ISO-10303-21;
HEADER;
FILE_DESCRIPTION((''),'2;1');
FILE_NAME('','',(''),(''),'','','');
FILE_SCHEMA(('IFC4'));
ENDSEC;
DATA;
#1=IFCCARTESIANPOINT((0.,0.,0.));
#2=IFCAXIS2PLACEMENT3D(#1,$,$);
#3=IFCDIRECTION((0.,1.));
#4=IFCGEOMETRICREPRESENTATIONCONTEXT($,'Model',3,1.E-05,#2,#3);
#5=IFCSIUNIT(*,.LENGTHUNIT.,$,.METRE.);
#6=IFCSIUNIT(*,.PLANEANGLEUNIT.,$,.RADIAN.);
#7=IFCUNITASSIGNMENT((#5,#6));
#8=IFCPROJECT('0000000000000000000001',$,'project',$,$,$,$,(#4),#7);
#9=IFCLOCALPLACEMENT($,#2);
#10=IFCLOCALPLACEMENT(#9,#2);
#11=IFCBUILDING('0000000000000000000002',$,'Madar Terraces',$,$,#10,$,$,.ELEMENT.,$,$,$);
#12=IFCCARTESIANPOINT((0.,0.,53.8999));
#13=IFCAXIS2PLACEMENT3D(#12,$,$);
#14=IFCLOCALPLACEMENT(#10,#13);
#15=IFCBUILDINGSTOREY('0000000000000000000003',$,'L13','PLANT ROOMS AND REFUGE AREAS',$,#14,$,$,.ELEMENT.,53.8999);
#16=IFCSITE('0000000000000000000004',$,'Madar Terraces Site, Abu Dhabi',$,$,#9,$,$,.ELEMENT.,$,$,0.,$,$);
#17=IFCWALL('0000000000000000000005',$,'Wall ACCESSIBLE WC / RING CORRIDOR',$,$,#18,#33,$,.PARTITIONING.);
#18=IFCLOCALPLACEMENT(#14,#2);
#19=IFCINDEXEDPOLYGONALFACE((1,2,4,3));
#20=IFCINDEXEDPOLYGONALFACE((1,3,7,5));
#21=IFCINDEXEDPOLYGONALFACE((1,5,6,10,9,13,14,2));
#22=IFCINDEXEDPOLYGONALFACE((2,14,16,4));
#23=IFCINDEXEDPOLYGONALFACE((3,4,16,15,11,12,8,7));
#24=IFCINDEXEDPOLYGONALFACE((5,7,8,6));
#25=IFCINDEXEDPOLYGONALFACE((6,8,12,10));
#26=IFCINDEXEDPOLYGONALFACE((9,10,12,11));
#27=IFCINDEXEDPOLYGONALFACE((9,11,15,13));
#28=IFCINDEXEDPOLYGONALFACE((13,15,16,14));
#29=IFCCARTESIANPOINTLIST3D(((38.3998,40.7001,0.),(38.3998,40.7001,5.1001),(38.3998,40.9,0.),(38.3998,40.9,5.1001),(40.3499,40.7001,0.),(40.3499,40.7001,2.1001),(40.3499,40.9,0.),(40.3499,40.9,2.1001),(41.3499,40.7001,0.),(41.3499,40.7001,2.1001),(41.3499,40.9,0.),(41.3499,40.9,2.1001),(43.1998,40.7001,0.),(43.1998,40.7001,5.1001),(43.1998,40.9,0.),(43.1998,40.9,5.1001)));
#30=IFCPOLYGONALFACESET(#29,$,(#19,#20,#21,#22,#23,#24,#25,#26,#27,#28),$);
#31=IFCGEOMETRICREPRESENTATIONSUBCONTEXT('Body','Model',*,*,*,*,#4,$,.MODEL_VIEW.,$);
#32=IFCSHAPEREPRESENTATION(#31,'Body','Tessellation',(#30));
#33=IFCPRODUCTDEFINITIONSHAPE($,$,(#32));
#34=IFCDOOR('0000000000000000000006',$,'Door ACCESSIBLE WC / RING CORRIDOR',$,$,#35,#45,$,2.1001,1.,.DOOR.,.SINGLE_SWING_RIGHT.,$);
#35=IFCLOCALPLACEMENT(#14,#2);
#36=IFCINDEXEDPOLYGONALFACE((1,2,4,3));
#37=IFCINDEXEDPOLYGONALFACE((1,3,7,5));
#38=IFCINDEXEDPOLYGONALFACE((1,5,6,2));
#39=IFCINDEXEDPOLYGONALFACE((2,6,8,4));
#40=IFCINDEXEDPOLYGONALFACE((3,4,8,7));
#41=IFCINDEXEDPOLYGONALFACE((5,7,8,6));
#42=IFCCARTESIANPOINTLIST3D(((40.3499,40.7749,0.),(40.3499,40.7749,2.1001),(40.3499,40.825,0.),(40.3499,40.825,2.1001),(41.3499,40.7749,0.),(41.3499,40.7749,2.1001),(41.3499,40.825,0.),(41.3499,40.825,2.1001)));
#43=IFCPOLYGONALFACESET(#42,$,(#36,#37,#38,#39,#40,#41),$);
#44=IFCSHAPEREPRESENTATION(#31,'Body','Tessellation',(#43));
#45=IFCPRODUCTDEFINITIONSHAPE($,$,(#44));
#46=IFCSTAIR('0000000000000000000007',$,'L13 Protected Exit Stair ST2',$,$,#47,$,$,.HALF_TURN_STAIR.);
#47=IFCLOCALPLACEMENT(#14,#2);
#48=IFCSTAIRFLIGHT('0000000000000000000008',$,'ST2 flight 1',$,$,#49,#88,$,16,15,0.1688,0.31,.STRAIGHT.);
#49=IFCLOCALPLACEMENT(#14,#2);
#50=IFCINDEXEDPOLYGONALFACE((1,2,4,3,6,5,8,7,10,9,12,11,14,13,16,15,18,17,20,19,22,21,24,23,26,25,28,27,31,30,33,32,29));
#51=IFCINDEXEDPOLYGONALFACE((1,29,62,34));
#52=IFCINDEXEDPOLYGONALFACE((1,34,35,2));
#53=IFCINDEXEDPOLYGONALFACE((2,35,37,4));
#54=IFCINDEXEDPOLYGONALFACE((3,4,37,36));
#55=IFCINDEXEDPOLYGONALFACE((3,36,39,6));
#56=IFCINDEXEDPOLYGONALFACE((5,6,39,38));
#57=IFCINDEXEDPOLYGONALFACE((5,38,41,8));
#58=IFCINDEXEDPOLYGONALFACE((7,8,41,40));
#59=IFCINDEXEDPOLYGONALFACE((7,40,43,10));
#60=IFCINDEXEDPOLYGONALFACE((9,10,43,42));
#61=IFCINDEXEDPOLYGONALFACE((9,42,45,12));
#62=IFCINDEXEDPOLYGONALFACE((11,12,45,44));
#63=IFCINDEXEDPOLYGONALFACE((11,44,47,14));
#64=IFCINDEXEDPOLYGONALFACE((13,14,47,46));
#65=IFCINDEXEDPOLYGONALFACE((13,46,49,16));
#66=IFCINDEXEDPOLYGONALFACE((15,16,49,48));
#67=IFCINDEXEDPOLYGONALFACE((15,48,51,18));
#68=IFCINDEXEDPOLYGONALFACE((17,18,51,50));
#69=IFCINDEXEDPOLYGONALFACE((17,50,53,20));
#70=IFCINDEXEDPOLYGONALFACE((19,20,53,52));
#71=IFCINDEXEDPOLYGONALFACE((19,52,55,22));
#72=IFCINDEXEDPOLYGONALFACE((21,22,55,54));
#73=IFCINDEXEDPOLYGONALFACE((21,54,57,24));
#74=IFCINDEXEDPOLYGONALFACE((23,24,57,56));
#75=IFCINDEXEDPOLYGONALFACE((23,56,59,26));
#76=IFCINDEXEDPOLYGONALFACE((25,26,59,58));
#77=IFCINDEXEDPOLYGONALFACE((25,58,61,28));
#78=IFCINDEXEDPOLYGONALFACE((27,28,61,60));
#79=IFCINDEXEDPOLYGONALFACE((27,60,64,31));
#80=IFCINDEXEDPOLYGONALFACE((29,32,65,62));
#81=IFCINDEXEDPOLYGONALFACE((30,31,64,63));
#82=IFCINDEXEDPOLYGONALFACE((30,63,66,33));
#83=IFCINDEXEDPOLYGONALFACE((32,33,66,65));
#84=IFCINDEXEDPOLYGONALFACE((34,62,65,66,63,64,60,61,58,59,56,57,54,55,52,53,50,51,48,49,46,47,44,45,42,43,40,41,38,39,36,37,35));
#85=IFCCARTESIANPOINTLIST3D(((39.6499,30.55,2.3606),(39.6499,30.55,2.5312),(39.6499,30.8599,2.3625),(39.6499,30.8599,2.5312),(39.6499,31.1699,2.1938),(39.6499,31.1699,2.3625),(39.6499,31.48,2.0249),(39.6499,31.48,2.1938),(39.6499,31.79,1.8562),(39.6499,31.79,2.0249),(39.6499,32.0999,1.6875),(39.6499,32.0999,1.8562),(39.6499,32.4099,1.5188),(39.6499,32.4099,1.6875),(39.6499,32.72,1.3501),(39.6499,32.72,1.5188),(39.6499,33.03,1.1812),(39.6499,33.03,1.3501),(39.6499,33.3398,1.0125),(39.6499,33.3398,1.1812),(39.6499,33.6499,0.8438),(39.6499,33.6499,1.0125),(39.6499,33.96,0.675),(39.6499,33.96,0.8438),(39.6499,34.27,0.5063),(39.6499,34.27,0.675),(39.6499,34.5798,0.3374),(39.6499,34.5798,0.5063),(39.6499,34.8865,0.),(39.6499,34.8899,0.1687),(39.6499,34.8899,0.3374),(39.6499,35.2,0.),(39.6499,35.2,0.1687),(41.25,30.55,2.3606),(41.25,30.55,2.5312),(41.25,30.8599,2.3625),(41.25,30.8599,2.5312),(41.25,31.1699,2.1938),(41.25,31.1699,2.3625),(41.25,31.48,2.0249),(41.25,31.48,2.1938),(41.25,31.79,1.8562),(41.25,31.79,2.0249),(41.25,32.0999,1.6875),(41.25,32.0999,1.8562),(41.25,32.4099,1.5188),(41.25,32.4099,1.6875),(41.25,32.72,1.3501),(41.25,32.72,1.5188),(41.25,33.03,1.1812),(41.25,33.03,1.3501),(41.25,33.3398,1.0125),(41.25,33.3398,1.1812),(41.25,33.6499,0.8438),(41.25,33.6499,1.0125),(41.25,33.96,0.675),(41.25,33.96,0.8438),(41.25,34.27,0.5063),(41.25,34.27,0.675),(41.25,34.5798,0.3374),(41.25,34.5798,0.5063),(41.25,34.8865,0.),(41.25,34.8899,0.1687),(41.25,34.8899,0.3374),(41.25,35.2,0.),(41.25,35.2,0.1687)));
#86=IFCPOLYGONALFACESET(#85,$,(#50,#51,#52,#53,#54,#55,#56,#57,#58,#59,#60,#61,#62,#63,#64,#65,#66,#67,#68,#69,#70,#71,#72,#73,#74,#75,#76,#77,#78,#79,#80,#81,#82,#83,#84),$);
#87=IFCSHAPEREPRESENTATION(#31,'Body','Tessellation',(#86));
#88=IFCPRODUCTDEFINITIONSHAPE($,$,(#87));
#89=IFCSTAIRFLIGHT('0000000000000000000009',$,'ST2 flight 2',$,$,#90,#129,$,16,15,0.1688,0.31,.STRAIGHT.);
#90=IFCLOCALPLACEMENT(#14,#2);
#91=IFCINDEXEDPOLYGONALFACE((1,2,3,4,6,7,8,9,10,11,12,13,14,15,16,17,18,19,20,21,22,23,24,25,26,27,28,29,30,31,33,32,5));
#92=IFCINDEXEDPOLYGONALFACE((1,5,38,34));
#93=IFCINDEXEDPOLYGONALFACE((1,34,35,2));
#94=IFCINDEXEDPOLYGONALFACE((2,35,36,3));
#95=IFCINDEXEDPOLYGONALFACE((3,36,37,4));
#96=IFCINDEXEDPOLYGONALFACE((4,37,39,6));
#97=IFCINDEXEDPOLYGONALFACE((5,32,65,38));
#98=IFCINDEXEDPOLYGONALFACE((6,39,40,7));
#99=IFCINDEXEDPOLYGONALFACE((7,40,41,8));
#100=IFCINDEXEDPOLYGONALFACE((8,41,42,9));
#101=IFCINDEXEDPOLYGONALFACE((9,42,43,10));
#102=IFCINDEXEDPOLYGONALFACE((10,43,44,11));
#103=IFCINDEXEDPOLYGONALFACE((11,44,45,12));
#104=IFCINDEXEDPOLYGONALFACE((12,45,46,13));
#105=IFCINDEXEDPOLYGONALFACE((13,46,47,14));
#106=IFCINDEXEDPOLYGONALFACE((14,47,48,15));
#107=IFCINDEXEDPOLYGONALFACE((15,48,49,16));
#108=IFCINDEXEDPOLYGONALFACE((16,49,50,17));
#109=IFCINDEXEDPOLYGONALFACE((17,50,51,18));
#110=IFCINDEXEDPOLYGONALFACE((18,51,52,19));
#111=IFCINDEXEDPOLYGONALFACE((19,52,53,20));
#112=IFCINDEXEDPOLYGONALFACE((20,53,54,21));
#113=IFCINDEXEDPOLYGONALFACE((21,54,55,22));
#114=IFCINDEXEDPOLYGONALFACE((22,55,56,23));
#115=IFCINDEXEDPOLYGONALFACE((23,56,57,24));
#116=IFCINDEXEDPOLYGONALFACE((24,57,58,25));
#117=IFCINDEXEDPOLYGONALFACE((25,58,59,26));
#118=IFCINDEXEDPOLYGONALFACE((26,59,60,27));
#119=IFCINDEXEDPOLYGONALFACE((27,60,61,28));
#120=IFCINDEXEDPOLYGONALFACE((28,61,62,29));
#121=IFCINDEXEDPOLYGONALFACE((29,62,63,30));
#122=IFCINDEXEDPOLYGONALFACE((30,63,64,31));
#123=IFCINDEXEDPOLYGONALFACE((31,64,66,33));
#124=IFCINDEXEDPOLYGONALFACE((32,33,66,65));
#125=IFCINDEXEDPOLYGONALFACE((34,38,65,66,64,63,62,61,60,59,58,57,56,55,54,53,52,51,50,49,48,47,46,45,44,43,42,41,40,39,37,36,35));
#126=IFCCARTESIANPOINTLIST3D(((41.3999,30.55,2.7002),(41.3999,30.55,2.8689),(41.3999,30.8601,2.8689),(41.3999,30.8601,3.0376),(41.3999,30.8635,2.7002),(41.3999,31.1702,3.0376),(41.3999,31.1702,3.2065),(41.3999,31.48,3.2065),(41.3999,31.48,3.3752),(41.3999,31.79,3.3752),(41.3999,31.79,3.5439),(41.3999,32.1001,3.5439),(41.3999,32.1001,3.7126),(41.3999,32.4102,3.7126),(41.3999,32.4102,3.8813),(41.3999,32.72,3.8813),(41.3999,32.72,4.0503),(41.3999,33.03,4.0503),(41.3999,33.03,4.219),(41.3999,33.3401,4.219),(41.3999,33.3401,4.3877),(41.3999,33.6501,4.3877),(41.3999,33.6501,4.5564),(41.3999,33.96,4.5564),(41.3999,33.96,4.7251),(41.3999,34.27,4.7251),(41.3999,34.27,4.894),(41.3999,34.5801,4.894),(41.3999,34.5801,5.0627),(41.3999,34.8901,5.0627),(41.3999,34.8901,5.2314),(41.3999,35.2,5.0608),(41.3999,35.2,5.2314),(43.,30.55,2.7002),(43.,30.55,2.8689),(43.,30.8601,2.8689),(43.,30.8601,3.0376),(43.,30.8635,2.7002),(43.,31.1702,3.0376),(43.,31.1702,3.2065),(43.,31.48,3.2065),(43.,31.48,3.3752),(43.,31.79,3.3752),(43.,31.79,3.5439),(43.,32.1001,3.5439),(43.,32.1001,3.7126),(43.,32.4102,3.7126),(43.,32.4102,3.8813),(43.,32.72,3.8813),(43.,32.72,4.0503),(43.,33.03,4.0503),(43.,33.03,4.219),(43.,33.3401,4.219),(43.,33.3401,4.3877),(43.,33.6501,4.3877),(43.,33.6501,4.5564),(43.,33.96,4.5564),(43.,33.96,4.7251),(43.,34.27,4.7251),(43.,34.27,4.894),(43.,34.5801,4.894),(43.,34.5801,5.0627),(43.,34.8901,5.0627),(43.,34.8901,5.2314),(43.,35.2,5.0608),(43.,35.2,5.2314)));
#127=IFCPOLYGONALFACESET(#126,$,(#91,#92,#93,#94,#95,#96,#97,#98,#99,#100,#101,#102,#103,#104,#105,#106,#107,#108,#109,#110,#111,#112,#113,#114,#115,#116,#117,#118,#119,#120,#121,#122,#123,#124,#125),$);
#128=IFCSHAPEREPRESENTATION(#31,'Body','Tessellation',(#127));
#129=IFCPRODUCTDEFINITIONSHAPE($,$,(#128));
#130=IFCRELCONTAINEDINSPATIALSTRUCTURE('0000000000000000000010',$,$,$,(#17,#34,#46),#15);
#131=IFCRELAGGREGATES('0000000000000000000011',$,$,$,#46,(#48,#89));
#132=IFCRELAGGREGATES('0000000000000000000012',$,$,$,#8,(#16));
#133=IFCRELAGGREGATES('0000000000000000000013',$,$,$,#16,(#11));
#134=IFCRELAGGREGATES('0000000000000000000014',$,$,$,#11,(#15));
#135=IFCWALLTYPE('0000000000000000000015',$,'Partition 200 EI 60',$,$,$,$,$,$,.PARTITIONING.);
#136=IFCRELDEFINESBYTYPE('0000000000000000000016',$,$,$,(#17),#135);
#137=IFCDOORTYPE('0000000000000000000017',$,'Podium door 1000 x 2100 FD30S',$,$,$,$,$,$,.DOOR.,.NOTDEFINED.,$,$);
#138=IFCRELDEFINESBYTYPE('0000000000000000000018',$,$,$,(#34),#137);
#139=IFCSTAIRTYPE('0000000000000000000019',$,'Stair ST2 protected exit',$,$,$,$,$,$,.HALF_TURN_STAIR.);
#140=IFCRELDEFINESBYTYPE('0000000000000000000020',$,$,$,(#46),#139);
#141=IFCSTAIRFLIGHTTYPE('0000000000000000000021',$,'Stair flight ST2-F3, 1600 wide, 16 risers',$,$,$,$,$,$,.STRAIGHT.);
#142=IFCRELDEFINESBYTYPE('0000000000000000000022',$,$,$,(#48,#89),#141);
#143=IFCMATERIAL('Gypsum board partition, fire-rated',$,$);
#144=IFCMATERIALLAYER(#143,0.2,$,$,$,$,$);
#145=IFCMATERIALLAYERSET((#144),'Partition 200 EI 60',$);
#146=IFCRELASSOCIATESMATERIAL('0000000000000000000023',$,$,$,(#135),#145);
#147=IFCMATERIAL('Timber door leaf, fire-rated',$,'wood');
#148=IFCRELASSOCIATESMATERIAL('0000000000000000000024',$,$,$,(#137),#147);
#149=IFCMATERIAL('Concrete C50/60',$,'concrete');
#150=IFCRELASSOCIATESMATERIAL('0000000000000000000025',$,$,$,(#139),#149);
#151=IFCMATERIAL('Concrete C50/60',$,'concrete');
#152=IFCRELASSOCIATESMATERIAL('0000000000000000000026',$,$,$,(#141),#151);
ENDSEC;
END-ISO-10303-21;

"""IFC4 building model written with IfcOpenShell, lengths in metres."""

from ifc_helpers import new_model, si_unit, direction, frame, frame_2d, origin, place, context, subcontext, project, spatial, polyline, rectangle, outline, extrude, material, layer, layer_set, type_object, element, fill, aggregate, save


model = new_model("IFC4")

# Units and contexts
model_context = context("Model", 3, precision=1e-05, world=origin(), true_north=direction((0.0, 1.0)))
body_context = subcontext(model_context, "Body", "Model", "MODEL_VIEW")
ifc_project = project(units=[si_unit("LENGTHUNIT", "METRE"), si_unit("PLANEANGLEUNIT", "RADIAN")], contexts=[model_context])

# Site, building, storey
site_placement = place(None, origin())
site = spatial("IfcSite", under=ifc_project, at=site_placement, Name="Madar Terraces Site, Abu Dhabi", CompositionType="ELEMENT", RefElevation=0.0)
building_placement = place(site_placement, origin())
building = spatial("IfcBuilding", under=site, at=building_placement, Name="Madar Terraces", CompositionType="ELEMENT")
storey_placement = place(building_placement, frame((0.0, 0.0, 53.8999)))
storey = spatial("IfcBuildingStorey", under=building, at=storey_placement, Name="L13", Description="PLANT ROOMS AND REFUGE AREAS", CompositionType="ELEMENT", Elevation=53.8999)

# Wall, opening, door
ifc_material_1 = material(Name="Gypsum board partition, fire-rated")
ifc_layer_1 = layer(ifc_material_1, 0.2)
ifc_layer_set_1 = layer_set([ifc_layer_1], Name="Partition 200 EI 60")
wall_type_1 = type_object("IfcWallType", Name="Partition 200 EI 60", PredefinedType="PARTITIONING", material=ifc_layer_set_1)
wall_1_placement = place(storey_placement, frame((38.3999, 40.8, 0.0), z_axis=(0.0, 0.0, 1.0), x_axis=(1.0, 0.0, 0.0)))
wall_1 = element("IfcWall", 1, at=wall_1_placement, inside=storey, type_object=wall_type_1, Name="Wall ACCESSIBLE WC / RING CORRIDOR", PredefinedType="PARTITIONING", context=body_context, shape_type="SweptSolid", body=[
    extrude(rectangle(XDim=4.8, YDim=0.2, at=frame_2d((2.3999, 0.0))), origin(), (0.0, 0.0, 1.0), 5.1001),
])
opening_1_placement = place(wall_1_placement, frame((1.95, 0.0, 0.0)))
opening_1 = element("IfcOpeningElement", 2, at=opening_1_placement, cuts=wall_1, PredefinedType="OPENING", context=body_context, shape_type="SweptSolid", body=[
    extrude(rectangle(XDim=1.0, YDim=2.1001, at=frame_2d((0.5, 1.05))), frame((0.0, 0.1099, 0.0), z_axis=(0.0, -1.0, 0.0), x_axis=(1.0, 0.0, 0.0)), (0.0, 0.0, 1.0), 0.22),
])
ifc_material_2 = material(Name="Timber door leaf, fire-rated", Category="wood")
door_type_1 = type_object("IfcDoorType", Name="Podium door 1000 x 2100 FD30S", OperationType="NOTDEFINED", PredefinedType="DOOR", material=ifc_material_2)
door_1_placement = place(opening_1_placement, origin())
door_1 = element("IfcDoor", 3, at=door_1_placement, inside=storey, type_object=door_type_1, Name="Door ACCESSIBLE WC / RING CORRIDOR", OperationType="SINGLE_SWING_RIGHT", OverallHeight=2.1001, OverallWidth=1.0, PredefinedType="DOOR", context=body_context, shape_type="SweptSolid", body=[
    extrude(rectangle(XDim=1.0, YDim=2.1001, at=frame_2d((0.5, 1.05))), frame((0.0, 0.0249, 0.0), z_axis=(0.0, -1.0, 0.0), x_axis=(1.0, 0.0, 0.0)), (0.0, 0.0, 1.0), 0.05),
])
fill(opening_1, door_1)

# Stair, stair flights
ifc_material_3 = material(Name="Concrete C50/60", Category="concrete")
stair_type = type_object("IfcStairType", Name="Stair ST2 protected exit", PredefinedType="HALF_TURN_STAIR", material=ifc_material_3)
stair_placement = place(storey_placement, origin())
stair = element("IfcStair", 4, at=stair_placement, inside=storey, type_object=stair_type, Name="L13 Protected Exit Stair ST2", PredefinedType="HALF_TURN_STAIR")
ifc_material_4 = material(Name="Concrete C50/60", Category="concrete")
stair_flight_type = type_object("IfcStairFlightType", Name="Stair flight ST2-F3, 1600 wide, 16 risers", PredefinedType="STRAIGHT", material=ifc_material_4)
stair_flight_1_placement = place(storey_placement, frame((40.45, 35.2, 0.0), z_axis=(0.0, 0.0, 1.0), x_axis=(0.0, -1.0, 0.0)))
stair_flight_1 = element("IfcStairFlight", 5, at=stair_flight_1_placement, type_object=stair_flight_type, Name="ST2 flight 1", NumberOfRisers=16, NumberOfTreads=15, PredefinedType="STRAIGHT", RiserHeight=0.1688, TreadLength=0.31, context=body_context, shape_type="SweptSolid", body=[
    extrude(outline(polyline([(0.0, 0.0), (0.0, 0.1687), (0.3101, 0.1687), (0.3101, 0.3374), (0.6201, 0.3374), (0.6201, 0.5063), (0.9299, 0.5063), (0.9299, 0.675), (1.24, 0.675), (1.24, 0.8438), (1.55, 0.8438), (1.55, 1.0125), (1.8601, 1.0125), (1.8601, 1.1812), (2.1699, 1.1812), (2.1699, 1.3501), (2.48, 1.3501), (2.48, 1.5188), (2.79, 1.5188), (2.79, 1.6875), (3.1001, 1.6875), (3.1001, 1.8562), (3.4099, 1.8562), (3.4099, 2.0249), (3.72, 2.0249), (3.72, 2.1938), (4.03, 2.1938), (4.03, 2.3625), (4.3401, 2.3625), (4.3401, 2.5312), (4.6499, 2.5312), (4.6499, 2.7), (4.6499, 2.3606), (0.3135, 0.0), (0.0, 0.0)])), frame((0.0, 0.8, 0.0), z_axis=(0.0, -1.0, 0.0), x_axis=(1.0, 0.0, 0.0)), (0.0, 0.0, 1.0), 1.6001),
])
stair_flight_2_placement = place(storey_placement, frame((42.2, 30.55, 2.7002), z_axis=(0.0, 0.0, 1.0), x_axis=(0.0, 1.0, 0.0)))
stair_flight_2 = element("IfcStairFlight", 6, at=stair_flight_2_placement, type_object=stair_flight_type, Name="ST2 flight 2", NumberOfRisers=16, NumberOfTreads=15, PredefinedType="STRAIGHT", RiserHeight=0.1688, TreadLength=0.31, context=body_context, shape_type="SweptSolid", body=[
    extrude(outline(polyline([(0.0, 0.0), (0.0, 0.1687), (0.3101, 0.1687), (0.3101, 0.3374), (0.6201, 0.3374), (0.6201, 0.5063), (0.9299, 0.5063), (0.9299, 0.675), (1.24, 0.675), (1.24, 0.8438), (1.55, 0.8438), (1.55, 1.0125), (1.8601, 1.0125), (1.8601, 1.1812), (2.1699, 1.1812), (2.1699, 1.3501), (2.48, 1.3501), (2.48, 1.5188), (2.79, 1.5188), (2.79, 1.6875), (3.1001, 1.6875), (3.1001, 1.8562), (3.4099, 1.8562), (3.4099, 2.0249), (3.72, 2.0249), (3.72, 2.1938), (4.03, 2.1938), (4.03, 2.3625), (4.3401, 2.3625), (4.3401, 2.5312), (4.6499, 2.5312), (4.6499, 2.7), (4.6499, 2.3606), (0.3135, 0.0), (0.0, 0.0)])), frame((0.0, 0.8, 0.0), z_axis=(0.0, -1.0, 0.0), x_axis=(1.0, 0.0, 0.0)), (0.0, 0.0, 1.0), 1.6001),
])
aggregate(stair, [stair_flight_1, stair_flight_2])

save(model, "model.ifc")
